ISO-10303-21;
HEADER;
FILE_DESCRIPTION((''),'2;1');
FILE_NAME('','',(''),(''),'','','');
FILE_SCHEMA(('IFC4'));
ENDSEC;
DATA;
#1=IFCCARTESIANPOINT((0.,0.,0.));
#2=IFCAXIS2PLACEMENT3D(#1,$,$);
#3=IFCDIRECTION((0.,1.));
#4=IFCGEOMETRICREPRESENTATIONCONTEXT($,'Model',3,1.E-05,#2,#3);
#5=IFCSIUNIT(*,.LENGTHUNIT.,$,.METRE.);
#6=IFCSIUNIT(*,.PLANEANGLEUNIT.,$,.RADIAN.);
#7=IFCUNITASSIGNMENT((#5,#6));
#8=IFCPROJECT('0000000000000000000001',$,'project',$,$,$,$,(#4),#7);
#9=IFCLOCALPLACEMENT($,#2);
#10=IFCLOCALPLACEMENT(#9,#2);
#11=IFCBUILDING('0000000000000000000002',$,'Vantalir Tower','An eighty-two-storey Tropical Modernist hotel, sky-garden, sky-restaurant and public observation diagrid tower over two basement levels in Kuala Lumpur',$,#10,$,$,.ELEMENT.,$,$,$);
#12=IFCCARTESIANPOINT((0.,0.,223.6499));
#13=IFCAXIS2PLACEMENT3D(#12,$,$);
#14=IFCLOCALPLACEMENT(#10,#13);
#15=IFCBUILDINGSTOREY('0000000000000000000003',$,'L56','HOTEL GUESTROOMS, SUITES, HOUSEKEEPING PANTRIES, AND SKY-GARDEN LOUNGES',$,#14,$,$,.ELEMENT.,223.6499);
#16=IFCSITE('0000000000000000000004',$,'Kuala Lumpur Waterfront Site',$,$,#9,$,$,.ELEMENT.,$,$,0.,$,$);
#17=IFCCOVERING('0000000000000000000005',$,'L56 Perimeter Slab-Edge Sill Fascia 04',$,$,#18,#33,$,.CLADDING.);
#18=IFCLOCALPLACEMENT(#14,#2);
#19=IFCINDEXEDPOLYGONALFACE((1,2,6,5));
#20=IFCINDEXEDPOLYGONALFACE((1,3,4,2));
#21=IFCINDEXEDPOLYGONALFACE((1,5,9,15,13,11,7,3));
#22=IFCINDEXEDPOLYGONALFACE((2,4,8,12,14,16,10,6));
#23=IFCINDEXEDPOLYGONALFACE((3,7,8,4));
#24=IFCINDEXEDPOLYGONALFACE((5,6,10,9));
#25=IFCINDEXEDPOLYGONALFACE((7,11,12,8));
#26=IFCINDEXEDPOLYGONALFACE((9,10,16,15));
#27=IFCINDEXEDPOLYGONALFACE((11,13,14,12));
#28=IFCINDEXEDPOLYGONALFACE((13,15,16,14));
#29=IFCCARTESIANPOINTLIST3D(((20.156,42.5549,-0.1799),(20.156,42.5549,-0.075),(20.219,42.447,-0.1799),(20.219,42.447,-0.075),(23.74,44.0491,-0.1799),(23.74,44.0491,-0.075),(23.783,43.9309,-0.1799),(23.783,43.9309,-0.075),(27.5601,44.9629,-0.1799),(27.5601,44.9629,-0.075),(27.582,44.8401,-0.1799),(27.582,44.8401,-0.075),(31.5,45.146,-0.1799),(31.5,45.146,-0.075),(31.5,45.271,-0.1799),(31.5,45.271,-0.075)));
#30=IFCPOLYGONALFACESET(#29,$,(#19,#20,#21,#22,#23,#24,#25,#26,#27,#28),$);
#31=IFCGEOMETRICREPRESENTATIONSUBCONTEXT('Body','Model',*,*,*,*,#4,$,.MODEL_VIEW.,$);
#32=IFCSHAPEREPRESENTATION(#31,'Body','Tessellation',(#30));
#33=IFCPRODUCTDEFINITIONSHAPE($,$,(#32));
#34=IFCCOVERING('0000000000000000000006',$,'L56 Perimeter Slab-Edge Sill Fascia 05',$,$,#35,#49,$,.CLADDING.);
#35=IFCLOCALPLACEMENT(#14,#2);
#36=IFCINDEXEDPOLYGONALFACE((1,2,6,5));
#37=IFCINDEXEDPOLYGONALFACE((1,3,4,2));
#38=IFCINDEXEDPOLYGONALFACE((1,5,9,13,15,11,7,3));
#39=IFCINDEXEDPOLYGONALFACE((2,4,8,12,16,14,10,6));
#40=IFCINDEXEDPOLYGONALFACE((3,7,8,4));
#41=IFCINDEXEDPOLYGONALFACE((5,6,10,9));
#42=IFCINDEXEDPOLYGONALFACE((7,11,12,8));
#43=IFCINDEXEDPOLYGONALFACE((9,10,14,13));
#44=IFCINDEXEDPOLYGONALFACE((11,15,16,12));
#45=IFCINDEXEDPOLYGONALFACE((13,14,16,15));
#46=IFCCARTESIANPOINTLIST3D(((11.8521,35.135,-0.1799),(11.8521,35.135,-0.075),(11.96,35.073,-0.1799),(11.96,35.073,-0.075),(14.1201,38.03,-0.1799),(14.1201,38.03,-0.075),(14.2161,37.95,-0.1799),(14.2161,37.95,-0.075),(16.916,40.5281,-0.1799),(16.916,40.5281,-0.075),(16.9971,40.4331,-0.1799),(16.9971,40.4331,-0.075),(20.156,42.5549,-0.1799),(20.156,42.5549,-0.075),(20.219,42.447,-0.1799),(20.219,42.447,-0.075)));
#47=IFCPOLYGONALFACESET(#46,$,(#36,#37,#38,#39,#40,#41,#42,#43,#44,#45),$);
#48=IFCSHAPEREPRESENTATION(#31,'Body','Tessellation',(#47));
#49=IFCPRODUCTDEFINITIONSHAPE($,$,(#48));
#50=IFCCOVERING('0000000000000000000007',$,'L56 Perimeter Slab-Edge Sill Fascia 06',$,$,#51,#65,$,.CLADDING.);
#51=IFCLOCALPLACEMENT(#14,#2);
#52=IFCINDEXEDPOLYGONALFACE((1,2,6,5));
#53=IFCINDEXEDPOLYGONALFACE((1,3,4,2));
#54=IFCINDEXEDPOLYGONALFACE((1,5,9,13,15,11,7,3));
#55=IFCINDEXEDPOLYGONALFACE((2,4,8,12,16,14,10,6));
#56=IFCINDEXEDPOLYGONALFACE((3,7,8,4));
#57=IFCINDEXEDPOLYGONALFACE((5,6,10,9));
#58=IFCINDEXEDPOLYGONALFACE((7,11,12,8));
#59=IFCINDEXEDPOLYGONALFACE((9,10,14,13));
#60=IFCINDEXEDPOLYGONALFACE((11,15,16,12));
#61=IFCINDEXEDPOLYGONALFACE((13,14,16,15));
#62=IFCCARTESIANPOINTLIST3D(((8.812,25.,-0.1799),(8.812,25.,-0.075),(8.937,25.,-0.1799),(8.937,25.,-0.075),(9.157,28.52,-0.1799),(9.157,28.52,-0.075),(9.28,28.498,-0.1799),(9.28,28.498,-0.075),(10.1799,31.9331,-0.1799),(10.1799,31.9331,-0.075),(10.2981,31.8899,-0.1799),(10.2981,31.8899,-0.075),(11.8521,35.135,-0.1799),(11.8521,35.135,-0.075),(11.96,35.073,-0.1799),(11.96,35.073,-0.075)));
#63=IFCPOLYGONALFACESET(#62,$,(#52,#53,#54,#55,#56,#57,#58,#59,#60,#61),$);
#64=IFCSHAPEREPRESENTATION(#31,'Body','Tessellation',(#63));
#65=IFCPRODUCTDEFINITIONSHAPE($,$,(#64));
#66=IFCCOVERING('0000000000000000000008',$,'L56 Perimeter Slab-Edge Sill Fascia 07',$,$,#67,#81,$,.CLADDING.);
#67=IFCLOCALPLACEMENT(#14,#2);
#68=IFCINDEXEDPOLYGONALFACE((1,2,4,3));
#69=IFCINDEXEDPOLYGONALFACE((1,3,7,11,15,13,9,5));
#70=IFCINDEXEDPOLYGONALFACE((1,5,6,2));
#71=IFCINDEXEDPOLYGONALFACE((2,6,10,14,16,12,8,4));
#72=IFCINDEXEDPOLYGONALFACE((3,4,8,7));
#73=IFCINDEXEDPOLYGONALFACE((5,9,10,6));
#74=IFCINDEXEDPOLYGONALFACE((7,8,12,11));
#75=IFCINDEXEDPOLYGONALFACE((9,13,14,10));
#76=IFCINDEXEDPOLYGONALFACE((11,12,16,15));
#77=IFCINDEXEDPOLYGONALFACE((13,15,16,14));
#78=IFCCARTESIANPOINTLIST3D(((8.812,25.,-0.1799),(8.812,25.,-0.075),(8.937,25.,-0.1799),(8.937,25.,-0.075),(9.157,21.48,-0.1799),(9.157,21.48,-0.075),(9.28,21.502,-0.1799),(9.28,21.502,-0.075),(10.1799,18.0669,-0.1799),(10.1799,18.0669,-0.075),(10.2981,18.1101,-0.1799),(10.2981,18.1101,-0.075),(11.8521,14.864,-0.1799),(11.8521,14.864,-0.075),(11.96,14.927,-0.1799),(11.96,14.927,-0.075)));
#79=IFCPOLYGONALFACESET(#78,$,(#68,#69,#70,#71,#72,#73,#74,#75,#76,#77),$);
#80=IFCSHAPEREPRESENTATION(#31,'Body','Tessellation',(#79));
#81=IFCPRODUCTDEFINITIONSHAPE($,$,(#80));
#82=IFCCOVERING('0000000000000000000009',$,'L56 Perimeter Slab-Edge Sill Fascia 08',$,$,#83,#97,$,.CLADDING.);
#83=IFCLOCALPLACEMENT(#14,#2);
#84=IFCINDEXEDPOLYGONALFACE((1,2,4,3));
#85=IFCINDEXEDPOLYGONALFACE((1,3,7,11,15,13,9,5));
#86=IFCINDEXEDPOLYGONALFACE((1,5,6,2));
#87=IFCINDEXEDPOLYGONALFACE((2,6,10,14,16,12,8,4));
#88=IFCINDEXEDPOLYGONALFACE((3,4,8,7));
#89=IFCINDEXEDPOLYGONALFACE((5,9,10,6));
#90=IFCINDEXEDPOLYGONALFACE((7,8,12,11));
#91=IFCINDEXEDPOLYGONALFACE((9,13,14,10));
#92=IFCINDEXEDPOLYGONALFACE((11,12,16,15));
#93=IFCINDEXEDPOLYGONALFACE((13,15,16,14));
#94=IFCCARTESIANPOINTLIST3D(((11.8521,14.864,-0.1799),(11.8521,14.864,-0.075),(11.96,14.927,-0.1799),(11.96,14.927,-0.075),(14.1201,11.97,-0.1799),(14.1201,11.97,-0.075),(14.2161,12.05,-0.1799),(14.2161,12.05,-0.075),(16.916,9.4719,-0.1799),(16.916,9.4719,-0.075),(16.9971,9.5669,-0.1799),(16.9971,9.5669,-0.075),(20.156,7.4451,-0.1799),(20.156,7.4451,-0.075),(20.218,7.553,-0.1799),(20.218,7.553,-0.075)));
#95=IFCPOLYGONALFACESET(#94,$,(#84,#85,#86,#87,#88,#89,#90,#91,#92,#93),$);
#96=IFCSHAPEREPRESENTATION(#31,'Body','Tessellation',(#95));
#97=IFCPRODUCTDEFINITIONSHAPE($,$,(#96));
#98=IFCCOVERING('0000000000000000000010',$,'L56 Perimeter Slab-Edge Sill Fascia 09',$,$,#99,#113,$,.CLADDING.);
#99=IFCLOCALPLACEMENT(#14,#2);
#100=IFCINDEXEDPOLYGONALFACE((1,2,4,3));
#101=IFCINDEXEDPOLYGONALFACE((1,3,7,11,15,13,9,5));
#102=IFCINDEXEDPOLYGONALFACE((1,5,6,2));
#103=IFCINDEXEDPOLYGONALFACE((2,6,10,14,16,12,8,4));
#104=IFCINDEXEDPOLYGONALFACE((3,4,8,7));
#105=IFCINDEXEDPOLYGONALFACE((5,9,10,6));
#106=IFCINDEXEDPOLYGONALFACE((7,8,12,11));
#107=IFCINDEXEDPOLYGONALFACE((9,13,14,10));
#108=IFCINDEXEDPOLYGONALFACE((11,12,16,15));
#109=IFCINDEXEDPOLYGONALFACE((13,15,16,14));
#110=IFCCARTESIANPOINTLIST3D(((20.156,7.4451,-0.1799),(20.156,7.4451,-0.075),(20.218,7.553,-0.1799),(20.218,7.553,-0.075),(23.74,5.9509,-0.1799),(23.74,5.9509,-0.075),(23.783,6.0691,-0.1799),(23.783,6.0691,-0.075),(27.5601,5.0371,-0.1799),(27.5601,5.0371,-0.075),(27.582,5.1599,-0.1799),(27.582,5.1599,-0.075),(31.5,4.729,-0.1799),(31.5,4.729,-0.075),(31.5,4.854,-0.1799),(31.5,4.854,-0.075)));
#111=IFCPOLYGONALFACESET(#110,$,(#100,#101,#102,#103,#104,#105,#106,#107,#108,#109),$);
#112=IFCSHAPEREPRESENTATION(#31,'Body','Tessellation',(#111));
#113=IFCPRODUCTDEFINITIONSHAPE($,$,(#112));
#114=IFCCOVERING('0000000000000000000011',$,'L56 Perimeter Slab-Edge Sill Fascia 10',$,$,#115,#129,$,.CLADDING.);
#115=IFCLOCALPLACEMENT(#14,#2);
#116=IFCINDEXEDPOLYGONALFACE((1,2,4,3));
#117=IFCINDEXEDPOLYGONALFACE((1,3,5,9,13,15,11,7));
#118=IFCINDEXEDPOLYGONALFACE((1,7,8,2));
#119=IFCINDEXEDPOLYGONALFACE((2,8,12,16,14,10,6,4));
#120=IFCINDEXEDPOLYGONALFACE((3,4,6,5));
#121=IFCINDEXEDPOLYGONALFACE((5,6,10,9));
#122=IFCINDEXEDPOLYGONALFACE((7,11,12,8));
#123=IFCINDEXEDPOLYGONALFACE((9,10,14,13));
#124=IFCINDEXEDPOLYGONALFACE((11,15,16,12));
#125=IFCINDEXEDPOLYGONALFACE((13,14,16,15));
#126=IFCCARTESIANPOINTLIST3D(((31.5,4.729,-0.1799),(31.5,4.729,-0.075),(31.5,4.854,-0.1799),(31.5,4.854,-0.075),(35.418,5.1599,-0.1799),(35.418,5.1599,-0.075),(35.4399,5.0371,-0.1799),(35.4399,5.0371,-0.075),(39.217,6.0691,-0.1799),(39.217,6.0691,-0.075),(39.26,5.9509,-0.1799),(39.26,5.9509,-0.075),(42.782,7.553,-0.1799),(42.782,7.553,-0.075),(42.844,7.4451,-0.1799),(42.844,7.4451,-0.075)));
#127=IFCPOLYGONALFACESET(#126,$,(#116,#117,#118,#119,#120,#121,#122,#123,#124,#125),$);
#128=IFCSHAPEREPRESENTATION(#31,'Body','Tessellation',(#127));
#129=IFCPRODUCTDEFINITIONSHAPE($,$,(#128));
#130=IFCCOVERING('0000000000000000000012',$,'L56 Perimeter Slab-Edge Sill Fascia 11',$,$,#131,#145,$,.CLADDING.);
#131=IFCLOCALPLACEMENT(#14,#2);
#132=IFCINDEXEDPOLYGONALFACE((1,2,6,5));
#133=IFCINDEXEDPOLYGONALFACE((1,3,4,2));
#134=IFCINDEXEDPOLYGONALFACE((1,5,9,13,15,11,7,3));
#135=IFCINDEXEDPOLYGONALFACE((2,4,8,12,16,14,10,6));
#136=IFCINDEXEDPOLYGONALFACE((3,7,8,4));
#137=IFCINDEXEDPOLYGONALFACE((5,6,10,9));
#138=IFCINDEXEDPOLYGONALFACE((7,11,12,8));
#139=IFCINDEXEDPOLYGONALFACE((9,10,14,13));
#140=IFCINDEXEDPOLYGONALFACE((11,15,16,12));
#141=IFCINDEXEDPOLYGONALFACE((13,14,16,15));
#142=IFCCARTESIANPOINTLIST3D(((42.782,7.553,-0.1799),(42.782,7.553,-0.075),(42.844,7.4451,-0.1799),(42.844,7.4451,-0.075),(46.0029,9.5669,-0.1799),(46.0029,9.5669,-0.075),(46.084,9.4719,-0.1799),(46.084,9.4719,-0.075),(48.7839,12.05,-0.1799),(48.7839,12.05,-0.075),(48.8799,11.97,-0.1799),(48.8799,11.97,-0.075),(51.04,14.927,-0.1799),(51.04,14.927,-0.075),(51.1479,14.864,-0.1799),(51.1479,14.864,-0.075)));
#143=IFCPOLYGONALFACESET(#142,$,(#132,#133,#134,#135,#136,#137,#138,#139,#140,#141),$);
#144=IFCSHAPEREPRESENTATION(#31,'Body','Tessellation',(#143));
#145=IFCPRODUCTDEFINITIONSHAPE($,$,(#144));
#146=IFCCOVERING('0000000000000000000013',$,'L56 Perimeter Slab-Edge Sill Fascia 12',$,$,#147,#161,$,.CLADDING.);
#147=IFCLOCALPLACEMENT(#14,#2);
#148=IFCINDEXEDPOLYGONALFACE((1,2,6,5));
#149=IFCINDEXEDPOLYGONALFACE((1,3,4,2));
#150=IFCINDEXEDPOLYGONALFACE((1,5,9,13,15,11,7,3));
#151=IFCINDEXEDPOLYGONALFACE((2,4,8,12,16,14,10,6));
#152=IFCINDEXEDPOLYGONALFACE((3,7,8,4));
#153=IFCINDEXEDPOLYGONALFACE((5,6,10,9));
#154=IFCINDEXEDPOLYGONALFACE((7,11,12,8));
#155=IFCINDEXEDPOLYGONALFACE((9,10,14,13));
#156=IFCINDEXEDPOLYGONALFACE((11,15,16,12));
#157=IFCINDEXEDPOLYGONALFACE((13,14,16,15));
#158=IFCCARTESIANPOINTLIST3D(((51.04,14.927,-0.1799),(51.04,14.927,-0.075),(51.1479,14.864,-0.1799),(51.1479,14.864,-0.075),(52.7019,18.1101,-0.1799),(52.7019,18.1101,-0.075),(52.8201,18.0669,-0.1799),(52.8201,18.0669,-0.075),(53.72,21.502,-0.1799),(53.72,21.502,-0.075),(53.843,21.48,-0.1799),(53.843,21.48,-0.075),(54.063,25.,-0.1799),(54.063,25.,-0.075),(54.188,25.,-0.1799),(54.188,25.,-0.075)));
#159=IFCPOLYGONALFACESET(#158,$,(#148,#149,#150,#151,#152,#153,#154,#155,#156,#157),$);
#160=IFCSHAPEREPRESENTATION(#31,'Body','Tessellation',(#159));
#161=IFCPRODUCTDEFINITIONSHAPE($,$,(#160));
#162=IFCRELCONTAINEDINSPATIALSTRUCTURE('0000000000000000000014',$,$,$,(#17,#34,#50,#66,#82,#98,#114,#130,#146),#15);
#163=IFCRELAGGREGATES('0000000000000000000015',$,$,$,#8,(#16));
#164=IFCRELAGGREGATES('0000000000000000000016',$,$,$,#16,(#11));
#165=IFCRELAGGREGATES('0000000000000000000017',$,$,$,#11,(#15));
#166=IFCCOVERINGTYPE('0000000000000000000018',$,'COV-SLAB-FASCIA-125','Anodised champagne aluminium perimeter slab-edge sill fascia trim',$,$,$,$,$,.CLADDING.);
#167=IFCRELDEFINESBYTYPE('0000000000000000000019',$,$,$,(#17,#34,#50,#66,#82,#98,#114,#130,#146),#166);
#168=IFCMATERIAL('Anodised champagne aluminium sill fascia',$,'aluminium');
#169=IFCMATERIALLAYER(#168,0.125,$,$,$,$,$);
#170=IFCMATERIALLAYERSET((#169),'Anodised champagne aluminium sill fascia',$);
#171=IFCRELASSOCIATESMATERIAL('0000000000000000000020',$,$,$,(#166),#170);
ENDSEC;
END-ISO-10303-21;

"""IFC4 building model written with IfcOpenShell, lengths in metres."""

from ifc_helpers import new_model, si_unit, direction, frame, origin, place, context, subcontext, project, spatial, polyline, outline, extrude, material, layer, layer_set, type_object, element, save


model = new_model("IFC4")

# Units and contexts
model_context = context("Model", 3, precision=1e-05, world=origin(), true_north=direction((0.0, 1.0)))
body_context = subcontext(model_context, "Body", "Model", "MODEL_VIEW")
ifc_project = project(units=[si_unit("LENGTHUNIT", "METRE"), si_unit("PLANEANGLEUNIT", "RADIAN")], contexts=[model_context])

# Site, building, storey
site_placement = place(None, origin())
site = spatial("IfcSite", under=ifc_project, at=site_placement, Name="Kuala Lumpur Waterfront Site", CompositionType="ELEMENT", RefElevation=0.0)
building_placement = place(site_placement, origin())
building = spatial("IfcBuilding", under=site, at=building_placement, Name="Vantalir Tower", Description="An eighty-two-storey Tropical Modernist hotel, sky-garden, sky-restaurant and public observation diagrid tower over two basement levels in Kuala Lumpur", CompositionType="ELEMENT")
storey_placement = place(building_placement, frame((0.0, 0.0, 223.6499)))
storey = spatial("IfcBuildingStorey", under=building, at=storey_placement, Name="L56", Description="HOTEL GUESTROOMS, SUITES, HOUSEKEEPING PANTRIES, AND SKY-GARDEN LOUNGES", CompositionType="ELEMENT", Elevation=223.6499)

# Coverings
ifc_material_1 = material(Name="Anodised champagne aluminium sill fascia", Category="aluminium")
ifc_layer_1 = layer(ifc_material_1, 0.125)
ifc_layer_set_1 = layer_set([ifc_layer_1], Name="Anodised champagne aluminium sill fascia")
covering_type = type_object("IfcCoveringType", Name="COV-SLAB-FASCIA-125", Description="Anodised champagne aluminium perimeter slab-edge sill fascia trim", PredefinedType="CLADDING", material=ifc_layer_set_1)
covering_1_placement = place(storey_placement, frame((0.0, 0.0, -0.1799)))
element("IfcCovering", 1, at=covering_1_placement, inside=storey, type_object=covering_type, Name="L56 Perimeter Slab-Edge Sill Fascia 04", PredefinedType="CLADDING", context=body_context, shape_type="SweptSolid", body=[
    extrude(outline(polyline([(31.5, 45.271), (27.5601, 44.9629), (23.74, 44.0491), (20.156, 42.5549), (20.219, 42.447), (23.783, 43.9309), (27.582, 44.8401), (31.5, 45.146), (31.5, 45.271)])), origin(), (0.0, 0.0, 1.0), 0.105),
])
covering_2_placement = place(storey_placement, frame((0.0, 0.0, -0.1799)))
element("IfcCovering", 2, at=covering_2_placement, inside=storey, type_object=covering_type, Name="L56 Perimeter Slab-Edge Sill Fascia 05", PredefinedType="CLADDING", context=body_context, shape_type="SweptSolid", body=[
    extrude(outline(polyline([(20.156, 42.5549), (16.916, 40.5281), (14.1201, 38.03), (11.8521, 35.135), (11.96, 35.073), (14.2161, 37.95), (16.9971, 40.4331), (20.219, 42.447), (20.156, 42.5549)])), origin(), (0.0, 0.0, 1.0), 0.105),
])
covering_3_placement = place(storey_placement, frame((0.0, 0.0, -0.1799)))
element("IfcCovering", 3, at=covering_3_placement, inside=storey, type_object=covering_type, Name="L56 Perimeter Slab-Edge Sill Fascia 06", PredefinedType="CLADDING", context=body_context, shape_type="SweptSolid", body=[
    extrude(outline(polyline([(11.8521, 35.135), (10.1799, 31.9331), (9.157, 28.52), (8.812, 25.0), (8.937, 25.0), (9.28, 28.498), (10.2981, 31.8899), (11.96, 35.073), (11.8521, 35.135)])), origin(), (0.0, 0.0, 1.0), 0.105),
])
covering_4_placement = place(storey_placement, frame((0.0, 0.0, -0.1799)))
element("IfcCovering", 4, at=covering_4_placement, inside=storey, type_object=covering_type, Name="L56 Perimeter Slab-Edge Sill Fascia 07", PredefinedType="CLADDING", context=body_context, shape_type="SweptSolid", body=[
    extrude(outline(polyline([(8.812, 25.0), (9.157, 21.48), (10.1799, 18.0669), (11.8521, 14.864), (11.96, 14.927), (10.2981, 18.1101), (9.28, 21.502), (8.937, 25.0), (8.812, 25.0)])), origin(), (0.0, 0.0, 1.0), 0.105),
])
covering_5_placement = place(storey_placement, frame((0.0, 0.0, -0.1799)))
element("IfcCovering", 5, at=covering_5_placement, inside=storey, type_object=covering_type, Name="L56 Perimeter Slab-Edge Sill Fascia 08", PredefinedType="CLADDING", context=body_context, shape_type="SweptSolid", body=[
    extrude(outline(polyline([(11.8521, 14.864), (14.1201, 11.97), (16.916, 9.4719), (20.156, 7.4451), (20.218, 7.553), (16.9971, 9.5669), (14.2161, 12.05), (11.96, 14.927), (11.8521, 14.864)])), origin(), (0.0, 0.0, 1.0), 0.105),
])
covering_6_placement = place(storey_placement, frame((0.0, 0.0, -0.1799)))
element("IfcCovering", 6, at=covering_6_placement, inside=storey, type_object=covering_type, Name="L56 Perimeter Slab-Edge Sill Fascia 09", PredefinedType="CLADDING", context=body_context, shape_type="SweptSolid", body=[
    extrude(outline(polyline([(20.156, 7.4451), (23.74, 5.9509), (27.5601, 5.0371), (31.5, 4.729), (31.5, 4.854), (27.582, 5.1599), (23.783, 6.0691), (20.218, 7.553), (20.156, 7.4451)])), origin(), (0.0, 0.0, 1.0), 0.105),
])
covering_7_placement = place(storey_placement, frame((0.0, 0.0, -0.1799)))
element("IfcCovering", 7, at=covering_7_placement, inside=storey, type_object=covering_type, Name="L56 Perimeter Slab-Edge Sill Fascia 10", PredefinedType="CLADDING", context=body_context, shape_type="SweptSolid", body=[
    extrude(outline(polyline([(31.5, 4.729), (35.4399, 5.0371), (39.26, 5.9509), (42.844, 7.4451), (42.782, 7.553), (39.217, 6.0691), (35.418, 5.1599), (31.5, 4.854), (31.5, 4.729)])), origin(), (0.0, 0.0, 1.0), 0.105),
])
covering_8_placement = place(storey_placement, frame((0.0, 0.0, -0.1799)))
element("IfcCovering", 8, at=covering_8_placement, inside=storey, type_object=covering_type, Name="L56 Perimeter Slab-Edge Sill Fascia 11", PredefinedType="CLADDING", context=body_context, shape_type="SweptSolid", body=[
    extrude(outline(polyline([(42.844, 7.4451), (46.084, 9.4719), (48.8799, 11.97), (51.1479, 14.864), (51.04, 14.927), (48.7839, 12.05), (46.0029, 9.5669), (42.782, 7.553), (42.844, 7.4451)])), origin(), (0.0, 0.0, 1.0), 0.105),
])
covering_9_placement = place(storey_placement, frame((0.0, 0.0, -0.1799)))
element("IfcCovering", 9, at=covering_9_placement, inside=storey, type_object=covering_type, Name="L56 Perimeter Slab-Edge Sill Fascia 12", PredefinedType="CLADDING", context=body_context, shape_type="SweptSolid", body=[
    extrude(outline(polyline([(51.1479, 14.864), (52.8201, 18.0669), (53.843, 21.48), (54.188, 25.0), (54.063, 25.0), (53.72, 21.502), (52.7019, 18.1101), (51.04, 14.927), (51.1479, 14.864)])), origin(), (0.0, 0.0, 1.0), 0.105),
])

save(model, "model.ifc")
